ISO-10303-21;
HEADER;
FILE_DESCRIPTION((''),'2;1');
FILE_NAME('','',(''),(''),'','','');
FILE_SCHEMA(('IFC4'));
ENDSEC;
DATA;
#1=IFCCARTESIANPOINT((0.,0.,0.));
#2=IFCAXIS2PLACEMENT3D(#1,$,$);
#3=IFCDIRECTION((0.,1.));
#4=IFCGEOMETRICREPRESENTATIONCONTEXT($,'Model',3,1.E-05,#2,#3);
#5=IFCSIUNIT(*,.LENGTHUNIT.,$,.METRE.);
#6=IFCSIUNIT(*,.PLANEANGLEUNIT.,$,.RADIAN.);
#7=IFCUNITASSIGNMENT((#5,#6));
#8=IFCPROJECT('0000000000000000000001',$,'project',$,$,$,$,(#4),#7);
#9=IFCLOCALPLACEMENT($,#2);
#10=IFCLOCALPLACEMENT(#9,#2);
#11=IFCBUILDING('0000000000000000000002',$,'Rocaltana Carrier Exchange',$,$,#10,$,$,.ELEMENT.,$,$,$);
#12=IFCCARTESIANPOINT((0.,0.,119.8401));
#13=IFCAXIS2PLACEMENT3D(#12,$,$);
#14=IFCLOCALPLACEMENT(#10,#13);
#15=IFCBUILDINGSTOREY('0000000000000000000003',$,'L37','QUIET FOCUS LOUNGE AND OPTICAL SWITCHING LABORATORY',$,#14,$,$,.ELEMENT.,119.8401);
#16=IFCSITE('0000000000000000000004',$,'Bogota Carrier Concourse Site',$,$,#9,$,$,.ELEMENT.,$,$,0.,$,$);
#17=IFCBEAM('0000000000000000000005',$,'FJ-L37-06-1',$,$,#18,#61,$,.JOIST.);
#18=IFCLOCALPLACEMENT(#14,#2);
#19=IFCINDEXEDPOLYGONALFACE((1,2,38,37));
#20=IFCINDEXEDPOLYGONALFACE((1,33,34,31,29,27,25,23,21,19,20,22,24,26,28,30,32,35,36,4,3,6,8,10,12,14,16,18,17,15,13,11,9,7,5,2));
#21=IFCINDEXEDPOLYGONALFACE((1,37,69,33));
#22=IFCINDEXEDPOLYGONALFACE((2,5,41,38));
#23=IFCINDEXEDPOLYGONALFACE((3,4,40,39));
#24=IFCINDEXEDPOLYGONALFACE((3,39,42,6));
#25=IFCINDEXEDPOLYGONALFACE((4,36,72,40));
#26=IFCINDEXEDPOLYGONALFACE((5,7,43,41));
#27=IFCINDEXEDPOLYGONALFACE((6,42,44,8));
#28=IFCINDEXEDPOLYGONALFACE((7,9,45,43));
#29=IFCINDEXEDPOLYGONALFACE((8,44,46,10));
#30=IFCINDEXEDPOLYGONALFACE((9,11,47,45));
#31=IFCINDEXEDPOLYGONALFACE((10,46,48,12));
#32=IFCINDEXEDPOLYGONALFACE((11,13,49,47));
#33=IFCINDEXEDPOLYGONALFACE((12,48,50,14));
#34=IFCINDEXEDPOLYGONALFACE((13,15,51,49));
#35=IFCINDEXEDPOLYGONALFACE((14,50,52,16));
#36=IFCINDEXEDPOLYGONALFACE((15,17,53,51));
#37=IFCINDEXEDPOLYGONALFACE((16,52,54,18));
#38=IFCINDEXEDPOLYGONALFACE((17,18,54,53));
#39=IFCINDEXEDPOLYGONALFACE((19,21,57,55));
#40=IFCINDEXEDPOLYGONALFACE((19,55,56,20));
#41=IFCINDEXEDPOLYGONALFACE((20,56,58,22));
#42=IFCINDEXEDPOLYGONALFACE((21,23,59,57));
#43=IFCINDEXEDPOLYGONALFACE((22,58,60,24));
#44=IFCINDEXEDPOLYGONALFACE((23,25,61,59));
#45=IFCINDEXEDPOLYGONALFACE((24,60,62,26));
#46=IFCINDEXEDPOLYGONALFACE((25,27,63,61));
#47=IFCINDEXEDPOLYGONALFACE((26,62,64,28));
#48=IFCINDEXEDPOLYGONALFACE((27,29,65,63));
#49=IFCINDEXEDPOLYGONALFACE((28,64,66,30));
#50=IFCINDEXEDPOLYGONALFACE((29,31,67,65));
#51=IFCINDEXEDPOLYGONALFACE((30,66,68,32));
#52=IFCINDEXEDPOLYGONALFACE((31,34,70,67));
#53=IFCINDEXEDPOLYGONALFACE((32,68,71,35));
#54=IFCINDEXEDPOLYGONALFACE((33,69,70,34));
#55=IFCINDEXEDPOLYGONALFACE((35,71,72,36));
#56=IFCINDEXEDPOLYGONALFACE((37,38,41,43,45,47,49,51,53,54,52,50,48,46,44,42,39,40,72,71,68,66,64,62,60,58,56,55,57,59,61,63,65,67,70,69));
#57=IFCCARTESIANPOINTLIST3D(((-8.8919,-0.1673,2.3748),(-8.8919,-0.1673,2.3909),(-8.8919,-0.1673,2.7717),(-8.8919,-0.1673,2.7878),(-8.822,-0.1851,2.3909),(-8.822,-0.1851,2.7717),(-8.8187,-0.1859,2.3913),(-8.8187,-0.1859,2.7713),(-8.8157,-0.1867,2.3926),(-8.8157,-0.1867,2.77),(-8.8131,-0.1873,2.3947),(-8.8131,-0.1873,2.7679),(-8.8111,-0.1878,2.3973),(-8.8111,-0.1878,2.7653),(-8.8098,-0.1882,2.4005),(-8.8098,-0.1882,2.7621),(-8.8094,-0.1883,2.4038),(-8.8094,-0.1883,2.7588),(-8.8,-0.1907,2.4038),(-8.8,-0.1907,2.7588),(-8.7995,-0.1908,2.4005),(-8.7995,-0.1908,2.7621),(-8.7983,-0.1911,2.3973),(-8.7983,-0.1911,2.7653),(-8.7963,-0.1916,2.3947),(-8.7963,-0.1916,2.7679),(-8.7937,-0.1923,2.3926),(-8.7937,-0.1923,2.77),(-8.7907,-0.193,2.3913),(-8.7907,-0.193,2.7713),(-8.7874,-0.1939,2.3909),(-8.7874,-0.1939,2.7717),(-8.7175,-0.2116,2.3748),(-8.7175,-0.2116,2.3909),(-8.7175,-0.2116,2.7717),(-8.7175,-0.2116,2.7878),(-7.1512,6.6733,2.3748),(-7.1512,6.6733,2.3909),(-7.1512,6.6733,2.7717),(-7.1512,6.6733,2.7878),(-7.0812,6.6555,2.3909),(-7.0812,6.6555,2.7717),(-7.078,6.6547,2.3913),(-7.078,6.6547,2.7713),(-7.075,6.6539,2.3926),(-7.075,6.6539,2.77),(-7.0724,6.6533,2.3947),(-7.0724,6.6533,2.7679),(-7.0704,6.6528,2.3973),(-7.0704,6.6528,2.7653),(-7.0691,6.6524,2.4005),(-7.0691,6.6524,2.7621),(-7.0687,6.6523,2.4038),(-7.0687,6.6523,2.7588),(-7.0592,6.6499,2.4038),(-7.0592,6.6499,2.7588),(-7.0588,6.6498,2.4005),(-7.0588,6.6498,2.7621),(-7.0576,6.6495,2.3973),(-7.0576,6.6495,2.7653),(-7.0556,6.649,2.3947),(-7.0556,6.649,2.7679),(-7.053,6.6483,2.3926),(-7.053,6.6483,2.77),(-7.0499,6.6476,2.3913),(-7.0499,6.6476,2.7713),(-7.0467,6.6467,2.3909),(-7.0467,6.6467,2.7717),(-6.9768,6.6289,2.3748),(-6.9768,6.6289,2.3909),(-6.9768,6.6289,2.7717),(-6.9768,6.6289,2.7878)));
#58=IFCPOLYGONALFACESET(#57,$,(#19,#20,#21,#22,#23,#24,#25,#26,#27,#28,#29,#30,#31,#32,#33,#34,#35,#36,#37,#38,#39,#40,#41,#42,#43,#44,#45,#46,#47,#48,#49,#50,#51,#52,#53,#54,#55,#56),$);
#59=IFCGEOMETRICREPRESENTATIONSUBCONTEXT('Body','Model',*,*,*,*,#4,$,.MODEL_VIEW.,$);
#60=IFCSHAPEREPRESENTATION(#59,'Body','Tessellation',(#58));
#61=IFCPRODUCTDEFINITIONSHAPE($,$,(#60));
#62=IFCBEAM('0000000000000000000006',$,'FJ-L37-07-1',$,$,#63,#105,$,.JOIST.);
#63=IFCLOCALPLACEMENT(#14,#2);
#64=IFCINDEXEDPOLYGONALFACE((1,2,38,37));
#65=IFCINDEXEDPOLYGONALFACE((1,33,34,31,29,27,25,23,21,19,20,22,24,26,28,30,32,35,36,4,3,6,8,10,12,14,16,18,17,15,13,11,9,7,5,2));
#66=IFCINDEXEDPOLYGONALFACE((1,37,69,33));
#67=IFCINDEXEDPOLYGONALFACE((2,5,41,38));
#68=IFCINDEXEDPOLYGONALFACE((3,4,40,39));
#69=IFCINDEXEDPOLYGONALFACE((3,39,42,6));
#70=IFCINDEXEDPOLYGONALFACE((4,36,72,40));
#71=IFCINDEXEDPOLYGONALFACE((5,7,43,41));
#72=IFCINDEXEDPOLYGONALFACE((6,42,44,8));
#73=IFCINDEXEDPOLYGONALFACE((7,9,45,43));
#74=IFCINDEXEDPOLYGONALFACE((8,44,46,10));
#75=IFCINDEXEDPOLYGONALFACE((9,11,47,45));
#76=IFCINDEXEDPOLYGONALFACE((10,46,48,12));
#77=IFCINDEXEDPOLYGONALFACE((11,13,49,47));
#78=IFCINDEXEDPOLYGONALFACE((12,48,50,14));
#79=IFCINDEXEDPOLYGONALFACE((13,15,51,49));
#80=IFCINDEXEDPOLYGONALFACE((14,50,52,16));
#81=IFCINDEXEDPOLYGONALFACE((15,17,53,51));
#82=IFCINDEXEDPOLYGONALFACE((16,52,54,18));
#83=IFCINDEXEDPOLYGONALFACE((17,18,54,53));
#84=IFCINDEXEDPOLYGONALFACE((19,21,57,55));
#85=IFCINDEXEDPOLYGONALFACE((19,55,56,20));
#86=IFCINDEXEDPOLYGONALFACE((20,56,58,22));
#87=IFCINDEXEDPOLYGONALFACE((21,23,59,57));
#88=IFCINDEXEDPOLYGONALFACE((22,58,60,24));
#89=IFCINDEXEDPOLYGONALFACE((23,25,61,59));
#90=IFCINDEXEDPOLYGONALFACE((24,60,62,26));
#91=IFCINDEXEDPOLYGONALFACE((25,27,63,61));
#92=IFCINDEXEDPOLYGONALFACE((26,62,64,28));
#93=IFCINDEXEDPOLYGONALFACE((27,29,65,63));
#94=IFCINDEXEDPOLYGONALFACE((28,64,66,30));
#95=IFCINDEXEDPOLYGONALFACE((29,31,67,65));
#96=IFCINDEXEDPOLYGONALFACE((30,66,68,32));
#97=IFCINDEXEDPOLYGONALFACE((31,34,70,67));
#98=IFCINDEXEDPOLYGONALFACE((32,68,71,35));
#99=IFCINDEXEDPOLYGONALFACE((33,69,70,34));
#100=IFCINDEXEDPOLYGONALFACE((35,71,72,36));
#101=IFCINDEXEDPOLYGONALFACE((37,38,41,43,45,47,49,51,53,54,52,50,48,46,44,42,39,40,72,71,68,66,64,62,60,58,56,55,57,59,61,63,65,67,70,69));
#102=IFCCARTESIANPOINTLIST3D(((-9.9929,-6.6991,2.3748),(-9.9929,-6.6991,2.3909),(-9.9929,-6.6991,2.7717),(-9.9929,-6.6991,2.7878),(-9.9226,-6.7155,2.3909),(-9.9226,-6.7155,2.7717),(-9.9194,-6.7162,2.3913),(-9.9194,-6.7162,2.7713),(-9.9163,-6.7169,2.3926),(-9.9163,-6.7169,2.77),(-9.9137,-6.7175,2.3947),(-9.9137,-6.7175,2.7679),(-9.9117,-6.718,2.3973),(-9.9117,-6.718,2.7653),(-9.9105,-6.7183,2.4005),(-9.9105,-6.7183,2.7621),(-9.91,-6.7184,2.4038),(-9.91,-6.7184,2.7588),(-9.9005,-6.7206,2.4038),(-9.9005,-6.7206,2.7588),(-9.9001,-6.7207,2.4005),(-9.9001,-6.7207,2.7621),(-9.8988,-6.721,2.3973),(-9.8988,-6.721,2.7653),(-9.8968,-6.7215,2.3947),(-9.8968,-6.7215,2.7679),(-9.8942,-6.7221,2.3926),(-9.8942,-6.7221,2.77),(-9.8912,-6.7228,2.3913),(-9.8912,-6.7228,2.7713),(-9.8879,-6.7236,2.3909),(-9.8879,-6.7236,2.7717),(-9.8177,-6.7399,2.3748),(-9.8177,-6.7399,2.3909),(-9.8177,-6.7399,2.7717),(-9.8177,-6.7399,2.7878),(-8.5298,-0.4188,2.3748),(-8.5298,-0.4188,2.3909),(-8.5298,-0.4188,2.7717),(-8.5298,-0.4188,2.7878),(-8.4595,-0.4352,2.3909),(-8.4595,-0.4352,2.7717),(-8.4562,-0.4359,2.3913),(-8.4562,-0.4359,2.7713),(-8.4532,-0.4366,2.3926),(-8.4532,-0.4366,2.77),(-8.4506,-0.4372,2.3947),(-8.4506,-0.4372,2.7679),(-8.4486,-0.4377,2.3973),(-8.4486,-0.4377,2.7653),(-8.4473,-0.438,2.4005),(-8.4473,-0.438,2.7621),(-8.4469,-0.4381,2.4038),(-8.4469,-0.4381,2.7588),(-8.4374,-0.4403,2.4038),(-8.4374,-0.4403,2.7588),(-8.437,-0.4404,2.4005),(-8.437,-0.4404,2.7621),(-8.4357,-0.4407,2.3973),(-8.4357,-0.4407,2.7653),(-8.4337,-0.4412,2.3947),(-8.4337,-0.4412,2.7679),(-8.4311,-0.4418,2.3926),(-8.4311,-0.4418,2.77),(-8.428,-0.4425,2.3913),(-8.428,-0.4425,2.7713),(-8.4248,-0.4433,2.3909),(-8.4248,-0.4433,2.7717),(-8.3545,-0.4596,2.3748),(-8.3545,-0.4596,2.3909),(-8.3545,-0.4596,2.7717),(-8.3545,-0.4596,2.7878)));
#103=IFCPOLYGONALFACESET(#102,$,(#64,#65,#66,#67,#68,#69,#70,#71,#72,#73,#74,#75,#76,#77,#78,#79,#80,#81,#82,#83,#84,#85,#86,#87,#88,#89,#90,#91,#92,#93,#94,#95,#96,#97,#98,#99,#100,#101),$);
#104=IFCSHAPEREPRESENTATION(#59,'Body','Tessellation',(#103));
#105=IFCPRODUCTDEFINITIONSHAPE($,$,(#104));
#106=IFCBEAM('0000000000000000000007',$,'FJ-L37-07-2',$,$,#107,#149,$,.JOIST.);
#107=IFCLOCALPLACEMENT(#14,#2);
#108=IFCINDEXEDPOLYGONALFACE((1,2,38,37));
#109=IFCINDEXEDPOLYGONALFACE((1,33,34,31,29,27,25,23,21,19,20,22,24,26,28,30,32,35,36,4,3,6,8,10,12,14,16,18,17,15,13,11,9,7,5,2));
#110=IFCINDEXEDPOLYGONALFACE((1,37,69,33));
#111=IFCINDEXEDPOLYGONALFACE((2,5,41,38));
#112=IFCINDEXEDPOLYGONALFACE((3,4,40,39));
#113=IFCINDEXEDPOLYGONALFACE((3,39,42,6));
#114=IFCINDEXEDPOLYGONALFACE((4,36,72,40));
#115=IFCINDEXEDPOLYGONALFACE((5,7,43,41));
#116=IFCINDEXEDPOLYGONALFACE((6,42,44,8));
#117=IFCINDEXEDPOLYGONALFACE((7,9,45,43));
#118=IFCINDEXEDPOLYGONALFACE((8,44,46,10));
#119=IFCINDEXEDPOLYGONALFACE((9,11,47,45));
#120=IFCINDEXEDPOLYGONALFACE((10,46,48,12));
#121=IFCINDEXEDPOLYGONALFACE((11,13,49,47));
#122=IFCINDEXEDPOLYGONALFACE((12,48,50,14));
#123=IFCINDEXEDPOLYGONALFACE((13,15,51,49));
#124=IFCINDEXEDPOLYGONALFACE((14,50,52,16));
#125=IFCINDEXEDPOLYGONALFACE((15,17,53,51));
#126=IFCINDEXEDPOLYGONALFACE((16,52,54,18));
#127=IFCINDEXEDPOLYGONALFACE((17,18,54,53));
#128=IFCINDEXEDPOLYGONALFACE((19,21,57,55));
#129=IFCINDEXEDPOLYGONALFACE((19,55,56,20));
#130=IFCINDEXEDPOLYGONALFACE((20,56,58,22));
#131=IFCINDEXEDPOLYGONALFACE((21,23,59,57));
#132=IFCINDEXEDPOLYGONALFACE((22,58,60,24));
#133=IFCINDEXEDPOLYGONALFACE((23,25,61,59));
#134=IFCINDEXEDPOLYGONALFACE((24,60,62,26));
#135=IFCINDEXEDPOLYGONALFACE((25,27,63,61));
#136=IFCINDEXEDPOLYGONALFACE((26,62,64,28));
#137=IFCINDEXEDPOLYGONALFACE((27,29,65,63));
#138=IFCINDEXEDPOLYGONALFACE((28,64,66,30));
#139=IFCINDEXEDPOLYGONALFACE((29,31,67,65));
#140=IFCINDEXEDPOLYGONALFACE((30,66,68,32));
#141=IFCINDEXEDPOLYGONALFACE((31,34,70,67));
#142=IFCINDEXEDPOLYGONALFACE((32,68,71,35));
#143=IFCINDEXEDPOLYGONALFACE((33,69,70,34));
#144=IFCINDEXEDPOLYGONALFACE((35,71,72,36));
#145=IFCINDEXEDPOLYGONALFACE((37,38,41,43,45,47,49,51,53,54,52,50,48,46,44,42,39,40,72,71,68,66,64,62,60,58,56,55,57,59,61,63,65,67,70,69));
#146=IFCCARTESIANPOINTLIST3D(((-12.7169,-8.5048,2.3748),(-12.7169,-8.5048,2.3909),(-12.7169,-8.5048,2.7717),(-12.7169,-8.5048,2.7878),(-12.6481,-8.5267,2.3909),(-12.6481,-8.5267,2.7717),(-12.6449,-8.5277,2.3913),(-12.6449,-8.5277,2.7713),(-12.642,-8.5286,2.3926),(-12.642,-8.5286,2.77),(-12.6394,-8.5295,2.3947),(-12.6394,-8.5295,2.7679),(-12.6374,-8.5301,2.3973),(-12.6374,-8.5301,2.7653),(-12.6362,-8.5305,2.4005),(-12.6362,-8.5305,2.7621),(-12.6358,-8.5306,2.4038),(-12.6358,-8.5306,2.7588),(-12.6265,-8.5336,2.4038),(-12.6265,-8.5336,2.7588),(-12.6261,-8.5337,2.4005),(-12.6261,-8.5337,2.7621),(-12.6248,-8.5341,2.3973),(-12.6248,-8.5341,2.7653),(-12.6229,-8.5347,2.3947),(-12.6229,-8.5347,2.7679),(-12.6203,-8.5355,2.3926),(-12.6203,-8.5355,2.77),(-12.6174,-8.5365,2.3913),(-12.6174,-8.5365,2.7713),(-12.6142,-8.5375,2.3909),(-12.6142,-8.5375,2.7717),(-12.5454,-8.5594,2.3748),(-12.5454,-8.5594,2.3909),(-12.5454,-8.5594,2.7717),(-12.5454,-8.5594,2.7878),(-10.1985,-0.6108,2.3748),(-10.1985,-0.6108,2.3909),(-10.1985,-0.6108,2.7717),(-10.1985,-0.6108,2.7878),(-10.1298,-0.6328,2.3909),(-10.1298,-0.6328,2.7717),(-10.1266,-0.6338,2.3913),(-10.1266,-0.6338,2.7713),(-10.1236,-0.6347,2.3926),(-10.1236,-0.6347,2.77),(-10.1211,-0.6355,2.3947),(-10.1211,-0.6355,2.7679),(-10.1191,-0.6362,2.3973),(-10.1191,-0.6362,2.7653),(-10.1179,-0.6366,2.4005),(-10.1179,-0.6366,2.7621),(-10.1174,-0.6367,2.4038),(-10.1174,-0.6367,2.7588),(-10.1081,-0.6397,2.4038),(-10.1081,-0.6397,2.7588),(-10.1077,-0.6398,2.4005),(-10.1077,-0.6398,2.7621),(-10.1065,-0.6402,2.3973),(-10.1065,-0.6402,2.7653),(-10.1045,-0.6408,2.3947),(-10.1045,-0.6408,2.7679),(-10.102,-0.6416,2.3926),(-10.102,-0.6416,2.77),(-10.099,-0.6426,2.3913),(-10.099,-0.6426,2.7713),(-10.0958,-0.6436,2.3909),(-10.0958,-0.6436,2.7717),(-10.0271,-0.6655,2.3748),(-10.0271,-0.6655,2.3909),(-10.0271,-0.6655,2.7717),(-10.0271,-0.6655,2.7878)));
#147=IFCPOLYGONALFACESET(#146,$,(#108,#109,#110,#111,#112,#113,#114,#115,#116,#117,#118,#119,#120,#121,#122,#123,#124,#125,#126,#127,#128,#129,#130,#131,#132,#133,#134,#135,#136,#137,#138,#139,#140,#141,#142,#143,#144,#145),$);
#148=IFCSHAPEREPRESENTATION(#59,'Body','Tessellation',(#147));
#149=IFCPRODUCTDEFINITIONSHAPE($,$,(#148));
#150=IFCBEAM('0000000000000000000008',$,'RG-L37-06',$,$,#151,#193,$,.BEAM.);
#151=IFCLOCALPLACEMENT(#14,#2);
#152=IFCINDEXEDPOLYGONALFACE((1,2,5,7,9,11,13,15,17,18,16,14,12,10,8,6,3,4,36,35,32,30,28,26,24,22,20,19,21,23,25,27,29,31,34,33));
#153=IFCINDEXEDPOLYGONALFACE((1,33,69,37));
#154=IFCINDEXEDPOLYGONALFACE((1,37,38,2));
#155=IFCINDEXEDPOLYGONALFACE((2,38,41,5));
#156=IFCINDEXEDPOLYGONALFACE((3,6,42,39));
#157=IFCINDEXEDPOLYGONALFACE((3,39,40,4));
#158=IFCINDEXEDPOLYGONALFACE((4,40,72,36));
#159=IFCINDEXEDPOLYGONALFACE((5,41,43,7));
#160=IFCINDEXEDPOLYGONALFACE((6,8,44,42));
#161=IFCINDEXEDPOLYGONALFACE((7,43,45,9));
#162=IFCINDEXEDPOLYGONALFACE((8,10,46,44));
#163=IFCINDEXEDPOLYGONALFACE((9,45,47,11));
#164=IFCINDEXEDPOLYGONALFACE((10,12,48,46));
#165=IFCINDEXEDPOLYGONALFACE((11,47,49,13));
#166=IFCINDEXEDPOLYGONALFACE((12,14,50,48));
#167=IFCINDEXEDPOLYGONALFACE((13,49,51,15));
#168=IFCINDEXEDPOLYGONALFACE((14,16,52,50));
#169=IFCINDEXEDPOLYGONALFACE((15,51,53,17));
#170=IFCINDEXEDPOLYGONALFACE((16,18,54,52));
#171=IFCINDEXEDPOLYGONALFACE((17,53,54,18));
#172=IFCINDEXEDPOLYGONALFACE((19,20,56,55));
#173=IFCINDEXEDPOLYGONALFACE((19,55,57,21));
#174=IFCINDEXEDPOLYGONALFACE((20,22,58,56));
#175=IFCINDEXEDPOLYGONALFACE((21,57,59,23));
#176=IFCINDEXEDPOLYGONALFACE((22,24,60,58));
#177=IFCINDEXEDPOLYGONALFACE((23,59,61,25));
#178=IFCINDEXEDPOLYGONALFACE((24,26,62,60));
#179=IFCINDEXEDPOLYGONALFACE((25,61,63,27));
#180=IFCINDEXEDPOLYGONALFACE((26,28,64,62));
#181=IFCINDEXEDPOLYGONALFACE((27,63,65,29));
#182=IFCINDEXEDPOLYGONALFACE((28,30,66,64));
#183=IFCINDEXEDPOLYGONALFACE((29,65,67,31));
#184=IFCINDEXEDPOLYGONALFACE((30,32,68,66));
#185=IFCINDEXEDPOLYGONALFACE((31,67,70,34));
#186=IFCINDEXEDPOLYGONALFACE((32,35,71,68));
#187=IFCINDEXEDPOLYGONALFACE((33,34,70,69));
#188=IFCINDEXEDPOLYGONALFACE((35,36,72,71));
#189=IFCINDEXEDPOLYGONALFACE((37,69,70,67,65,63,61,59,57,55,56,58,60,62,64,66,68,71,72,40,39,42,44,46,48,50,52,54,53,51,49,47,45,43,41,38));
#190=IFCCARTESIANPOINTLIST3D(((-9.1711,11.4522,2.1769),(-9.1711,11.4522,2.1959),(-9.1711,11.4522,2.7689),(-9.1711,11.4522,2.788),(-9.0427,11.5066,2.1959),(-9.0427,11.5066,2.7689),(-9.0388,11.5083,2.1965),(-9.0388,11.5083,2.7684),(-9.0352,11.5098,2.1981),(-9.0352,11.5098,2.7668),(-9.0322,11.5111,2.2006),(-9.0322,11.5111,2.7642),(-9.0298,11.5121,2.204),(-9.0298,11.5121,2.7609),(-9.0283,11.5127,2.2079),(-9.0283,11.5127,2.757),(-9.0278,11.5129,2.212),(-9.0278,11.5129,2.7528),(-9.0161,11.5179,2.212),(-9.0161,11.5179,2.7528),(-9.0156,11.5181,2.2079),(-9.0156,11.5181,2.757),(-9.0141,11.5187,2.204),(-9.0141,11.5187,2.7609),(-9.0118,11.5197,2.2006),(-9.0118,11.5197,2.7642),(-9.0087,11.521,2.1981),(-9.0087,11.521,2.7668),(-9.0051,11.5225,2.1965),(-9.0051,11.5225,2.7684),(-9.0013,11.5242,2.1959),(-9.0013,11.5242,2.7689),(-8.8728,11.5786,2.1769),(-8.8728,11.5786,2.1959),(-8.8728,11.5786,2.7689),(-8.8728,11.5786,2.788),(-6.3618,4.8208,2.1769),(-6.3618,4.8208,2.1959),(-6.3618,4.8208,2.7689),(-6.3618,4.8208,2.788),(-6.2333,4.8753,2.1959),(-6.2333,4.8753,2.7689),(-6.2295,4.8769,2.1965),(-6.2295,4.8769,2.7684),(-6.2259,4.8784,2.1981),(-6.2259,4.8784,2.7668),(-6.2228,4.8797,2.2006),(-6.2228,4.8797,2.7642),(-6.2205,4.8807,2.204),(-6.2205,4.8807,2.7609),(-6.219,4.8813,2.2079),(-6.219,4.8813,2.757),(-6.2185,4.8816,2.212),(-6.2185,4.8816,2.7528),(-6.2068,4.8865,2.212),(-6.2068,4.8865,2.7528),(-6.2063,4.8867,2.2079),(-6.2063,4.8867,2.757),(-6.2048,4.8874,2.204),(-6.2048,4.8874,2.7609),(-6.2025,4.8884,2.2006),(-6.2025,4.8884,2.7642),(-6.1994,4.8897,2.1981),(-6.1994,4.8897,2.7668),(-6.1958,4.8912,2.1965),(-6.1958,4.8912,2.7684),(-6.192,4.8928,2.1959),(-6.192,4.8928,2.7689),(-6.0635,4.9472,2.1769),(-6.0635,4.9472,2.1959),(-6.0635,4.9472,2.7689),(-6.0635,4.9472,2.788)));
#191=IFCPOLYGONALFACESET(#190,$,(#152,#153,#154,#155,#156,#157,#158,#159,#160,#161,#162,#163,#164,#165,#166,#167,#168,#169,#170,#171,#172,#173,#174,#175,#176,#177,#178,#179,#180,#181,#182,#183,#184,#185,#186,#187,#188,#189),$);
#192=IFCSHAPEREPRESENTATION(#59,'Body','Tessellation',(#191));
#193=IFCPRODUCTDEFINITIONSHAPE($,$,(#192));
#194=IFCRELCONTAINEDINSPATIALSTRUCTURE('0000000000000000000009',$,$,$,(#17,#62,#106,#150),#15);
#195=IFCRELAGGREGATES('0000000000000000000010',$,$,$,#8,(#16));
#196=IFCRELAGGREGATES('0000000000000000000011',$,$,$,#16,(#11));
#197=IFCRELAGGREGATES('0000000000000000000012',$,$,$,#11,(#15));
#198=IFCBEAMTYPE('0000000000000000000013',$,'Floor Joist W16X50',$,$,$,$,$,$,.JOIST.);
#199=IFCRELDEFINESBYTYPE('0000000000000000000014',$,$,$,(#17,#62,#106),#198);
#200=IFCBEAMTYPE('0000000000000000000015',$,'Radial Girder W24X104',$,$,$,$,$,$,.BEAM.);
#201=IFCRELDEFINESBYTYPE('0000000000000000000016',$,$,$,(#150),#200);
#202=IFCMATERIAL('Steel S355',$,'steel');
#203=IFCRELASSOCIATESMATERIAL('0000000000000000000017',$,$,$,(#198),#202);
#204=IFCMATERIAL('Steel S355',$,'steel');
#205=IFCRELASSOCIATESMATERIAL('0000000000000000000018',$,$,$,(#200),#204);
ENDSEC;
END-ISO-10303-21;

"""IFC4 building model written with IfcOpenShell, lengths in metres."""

from ifc_helpers import new_model, si_unit, direction, frame, origin, origin_2d, place, context, subcontext, project, spatial, i_section, extrude, material, material_profile, profile_set, type_object, element, save


model = new_model("IFC4")

# Units and contexts
model_context = context("Model", 3, precision=1e-05, world=origin(), true_north=direction((0.0, 1.0)))
body_context = subcontext(model_context, "Body", "Model", "MODEL_VIEW")
ifc_project = project(units=[si_unit("LENGTHUNIT", "METRE"), si_unit("PLANEANGLEUNIT", "RADIAN")], contexts=[model_context])

# Site, building, storey
site_placement = place(None, origin())
site = spatial("IfcSite", under=ifc_project, at=site_placement, Name="Bogota Carrier Concourse Site", CompositionType="ELEMENT", RefElevation=0.0)
building_placement = place(site_placement, origin())
building = spatial("IfcBuilding", under=site, at=building_placement, Name="Rocaltana Carrier Exchange", CompositionType="ELEMENT")
storey_placement = place(building_placement, frame((0.0, 0.0, 119.8401)))
storey = spatial("IfcBuildingStorey", under=building, at=storey_placement, Name="L37", Description="QUIET FOCUS LOUNGE AND OPTICAL SWITCHING LABORATORY", CompositionType="ELEMENT", Elevation=119.8401)

# Beams
ifc_material_1 = material(Name="Steel S355", Category="steel")
ifc_material_profile_1 = material_profile(ifc_material_1, i_section(OverallWidth=0.1799, OverallDepth=0.4131, WebThickness=0.0098, FlangeThickness=0.0161, FilletRadius=0.0129, at=origin_2d()), Name="W16X50")
ifc_profile_set_1 = profile_set([ifc_material_profile_1], Name="Steel S355")
beam_type_1 = type_object("IfcBeamType", Name="Floor Joist W16X50", PredefinedType="JOIST", material=ifc_profile_set_1)
beam_1_placement = place(storey_placement, frame((-7.064, 6.6511, 2.5813), z_axis=(-0.246611, -0.969115, 0.0), x_axis=(0.969115, -0.246611, 0.0)))
element("IfcBeam", 1, at=beam_1_placement, inside=storey, type_object=beam_type_1, Name="FJ-L37-06-1", PredefinedType="JOIST", context=body_context, shape_type="SweptSolid", body=[
    extrude(i_section(OverallWidth=0.1799, OverallDepth=0.4131, WebThickness=0.0098, FlangeThickness=0.0161, FilletRadius=0.0129, at=origin_2d()), origin(), (0.0, 0.0, 1.0), 7.0586),
])
beam_2_placement = place(storey_placement, frame((-8.4421, -0.4392, 2.5813), z_axis=(-0.226897, -0.973919, 0.0), x_axis=(0.973919, -0.226897, 0.0)))
element("IfcBeam", 2, at=beam_2_placement, inside=storey, type_object=beam_type_1, Name="FJ-L37-07-1", PredefinedType="JOIST", context=body_context, shape_type="SweptSolid", body=[
    extrude(i_section(OverallWidth=0.1799, OverallDepth=0.4131, WebThickness=0.0098, FlangeThickness=0.0161, FilletRadius=0.0129, at=origin_2d()), origin(), (0.0, 0.0, 1.0), 6.4485),
])
beam_3_placement = place(storey_placement, frame((-10.1128, -0.6382, 2.5813), z_axis=(-0.303932, -0.952694, 0.0), x_axis=(0.952694, -0.303932, 0.0)))
element("IfcBeam", 3, at=beam_3_placement, inside=storey, type_object=beam_type_1, Name="FJ-L37-07-2", PredefinedType="JOIST", context=body_context, shape_type="SweptSolid", body=[
    extrude(i_section(OverallWidth=0.1799, OverallDepth=0.4131, WebThickness=0.0098, FlangeThickness=0.0161, FilletRadius=0.0129, at=origin_2d()), origin(), (0.0, 0.0, 1.0), 8.2859),
])
ifc_material_2 = material(Name="Steel S355", Category="steel")
ifc_material_profile_2 = material_profile(ifc_material_2, i_section(OverallWidth=0.324, OverallDepth=0.6111, WebThickness=0.0127, FlangeThickness=0.019, FilletRadius=0.0161, at=origin_2d()), Name="W24X104")
ifc_profile_set_2 = profile_set([ifc_material_profile_2], Name="Steel S355")
beam_type_2 = type_object("IfcBeamType", Name="Radial Girder W24X104", PredefinedType="BEAM", material=ifc_profile_set_2)
beam_4_placement = place(storey_placement, frame((-6.2126, 4.884, 2.4824), z_axis=(-0.390082, 0.92078, 0.0), x_axis=(-0.92078, -0.390082, 0.0)))
element("IfcBeam", 4, at=beam_4_placement, inside=storey, type_object=beam_type_2, Name="RG-L37-06", PredefinedType="BEAM", context=body_context, shape_type="SweptSolid", body=[
    extrude(i_section(OverallWidth=0.324, OverallDepth=0.6111, WebThickness=0.0127, FlangeThickness=0.019, FilletRadius=0.0161, at=origin_2d()), origin(), (0.0, 0.0, 1.0), 7.2019),
])

save(model, "model.ifc")
